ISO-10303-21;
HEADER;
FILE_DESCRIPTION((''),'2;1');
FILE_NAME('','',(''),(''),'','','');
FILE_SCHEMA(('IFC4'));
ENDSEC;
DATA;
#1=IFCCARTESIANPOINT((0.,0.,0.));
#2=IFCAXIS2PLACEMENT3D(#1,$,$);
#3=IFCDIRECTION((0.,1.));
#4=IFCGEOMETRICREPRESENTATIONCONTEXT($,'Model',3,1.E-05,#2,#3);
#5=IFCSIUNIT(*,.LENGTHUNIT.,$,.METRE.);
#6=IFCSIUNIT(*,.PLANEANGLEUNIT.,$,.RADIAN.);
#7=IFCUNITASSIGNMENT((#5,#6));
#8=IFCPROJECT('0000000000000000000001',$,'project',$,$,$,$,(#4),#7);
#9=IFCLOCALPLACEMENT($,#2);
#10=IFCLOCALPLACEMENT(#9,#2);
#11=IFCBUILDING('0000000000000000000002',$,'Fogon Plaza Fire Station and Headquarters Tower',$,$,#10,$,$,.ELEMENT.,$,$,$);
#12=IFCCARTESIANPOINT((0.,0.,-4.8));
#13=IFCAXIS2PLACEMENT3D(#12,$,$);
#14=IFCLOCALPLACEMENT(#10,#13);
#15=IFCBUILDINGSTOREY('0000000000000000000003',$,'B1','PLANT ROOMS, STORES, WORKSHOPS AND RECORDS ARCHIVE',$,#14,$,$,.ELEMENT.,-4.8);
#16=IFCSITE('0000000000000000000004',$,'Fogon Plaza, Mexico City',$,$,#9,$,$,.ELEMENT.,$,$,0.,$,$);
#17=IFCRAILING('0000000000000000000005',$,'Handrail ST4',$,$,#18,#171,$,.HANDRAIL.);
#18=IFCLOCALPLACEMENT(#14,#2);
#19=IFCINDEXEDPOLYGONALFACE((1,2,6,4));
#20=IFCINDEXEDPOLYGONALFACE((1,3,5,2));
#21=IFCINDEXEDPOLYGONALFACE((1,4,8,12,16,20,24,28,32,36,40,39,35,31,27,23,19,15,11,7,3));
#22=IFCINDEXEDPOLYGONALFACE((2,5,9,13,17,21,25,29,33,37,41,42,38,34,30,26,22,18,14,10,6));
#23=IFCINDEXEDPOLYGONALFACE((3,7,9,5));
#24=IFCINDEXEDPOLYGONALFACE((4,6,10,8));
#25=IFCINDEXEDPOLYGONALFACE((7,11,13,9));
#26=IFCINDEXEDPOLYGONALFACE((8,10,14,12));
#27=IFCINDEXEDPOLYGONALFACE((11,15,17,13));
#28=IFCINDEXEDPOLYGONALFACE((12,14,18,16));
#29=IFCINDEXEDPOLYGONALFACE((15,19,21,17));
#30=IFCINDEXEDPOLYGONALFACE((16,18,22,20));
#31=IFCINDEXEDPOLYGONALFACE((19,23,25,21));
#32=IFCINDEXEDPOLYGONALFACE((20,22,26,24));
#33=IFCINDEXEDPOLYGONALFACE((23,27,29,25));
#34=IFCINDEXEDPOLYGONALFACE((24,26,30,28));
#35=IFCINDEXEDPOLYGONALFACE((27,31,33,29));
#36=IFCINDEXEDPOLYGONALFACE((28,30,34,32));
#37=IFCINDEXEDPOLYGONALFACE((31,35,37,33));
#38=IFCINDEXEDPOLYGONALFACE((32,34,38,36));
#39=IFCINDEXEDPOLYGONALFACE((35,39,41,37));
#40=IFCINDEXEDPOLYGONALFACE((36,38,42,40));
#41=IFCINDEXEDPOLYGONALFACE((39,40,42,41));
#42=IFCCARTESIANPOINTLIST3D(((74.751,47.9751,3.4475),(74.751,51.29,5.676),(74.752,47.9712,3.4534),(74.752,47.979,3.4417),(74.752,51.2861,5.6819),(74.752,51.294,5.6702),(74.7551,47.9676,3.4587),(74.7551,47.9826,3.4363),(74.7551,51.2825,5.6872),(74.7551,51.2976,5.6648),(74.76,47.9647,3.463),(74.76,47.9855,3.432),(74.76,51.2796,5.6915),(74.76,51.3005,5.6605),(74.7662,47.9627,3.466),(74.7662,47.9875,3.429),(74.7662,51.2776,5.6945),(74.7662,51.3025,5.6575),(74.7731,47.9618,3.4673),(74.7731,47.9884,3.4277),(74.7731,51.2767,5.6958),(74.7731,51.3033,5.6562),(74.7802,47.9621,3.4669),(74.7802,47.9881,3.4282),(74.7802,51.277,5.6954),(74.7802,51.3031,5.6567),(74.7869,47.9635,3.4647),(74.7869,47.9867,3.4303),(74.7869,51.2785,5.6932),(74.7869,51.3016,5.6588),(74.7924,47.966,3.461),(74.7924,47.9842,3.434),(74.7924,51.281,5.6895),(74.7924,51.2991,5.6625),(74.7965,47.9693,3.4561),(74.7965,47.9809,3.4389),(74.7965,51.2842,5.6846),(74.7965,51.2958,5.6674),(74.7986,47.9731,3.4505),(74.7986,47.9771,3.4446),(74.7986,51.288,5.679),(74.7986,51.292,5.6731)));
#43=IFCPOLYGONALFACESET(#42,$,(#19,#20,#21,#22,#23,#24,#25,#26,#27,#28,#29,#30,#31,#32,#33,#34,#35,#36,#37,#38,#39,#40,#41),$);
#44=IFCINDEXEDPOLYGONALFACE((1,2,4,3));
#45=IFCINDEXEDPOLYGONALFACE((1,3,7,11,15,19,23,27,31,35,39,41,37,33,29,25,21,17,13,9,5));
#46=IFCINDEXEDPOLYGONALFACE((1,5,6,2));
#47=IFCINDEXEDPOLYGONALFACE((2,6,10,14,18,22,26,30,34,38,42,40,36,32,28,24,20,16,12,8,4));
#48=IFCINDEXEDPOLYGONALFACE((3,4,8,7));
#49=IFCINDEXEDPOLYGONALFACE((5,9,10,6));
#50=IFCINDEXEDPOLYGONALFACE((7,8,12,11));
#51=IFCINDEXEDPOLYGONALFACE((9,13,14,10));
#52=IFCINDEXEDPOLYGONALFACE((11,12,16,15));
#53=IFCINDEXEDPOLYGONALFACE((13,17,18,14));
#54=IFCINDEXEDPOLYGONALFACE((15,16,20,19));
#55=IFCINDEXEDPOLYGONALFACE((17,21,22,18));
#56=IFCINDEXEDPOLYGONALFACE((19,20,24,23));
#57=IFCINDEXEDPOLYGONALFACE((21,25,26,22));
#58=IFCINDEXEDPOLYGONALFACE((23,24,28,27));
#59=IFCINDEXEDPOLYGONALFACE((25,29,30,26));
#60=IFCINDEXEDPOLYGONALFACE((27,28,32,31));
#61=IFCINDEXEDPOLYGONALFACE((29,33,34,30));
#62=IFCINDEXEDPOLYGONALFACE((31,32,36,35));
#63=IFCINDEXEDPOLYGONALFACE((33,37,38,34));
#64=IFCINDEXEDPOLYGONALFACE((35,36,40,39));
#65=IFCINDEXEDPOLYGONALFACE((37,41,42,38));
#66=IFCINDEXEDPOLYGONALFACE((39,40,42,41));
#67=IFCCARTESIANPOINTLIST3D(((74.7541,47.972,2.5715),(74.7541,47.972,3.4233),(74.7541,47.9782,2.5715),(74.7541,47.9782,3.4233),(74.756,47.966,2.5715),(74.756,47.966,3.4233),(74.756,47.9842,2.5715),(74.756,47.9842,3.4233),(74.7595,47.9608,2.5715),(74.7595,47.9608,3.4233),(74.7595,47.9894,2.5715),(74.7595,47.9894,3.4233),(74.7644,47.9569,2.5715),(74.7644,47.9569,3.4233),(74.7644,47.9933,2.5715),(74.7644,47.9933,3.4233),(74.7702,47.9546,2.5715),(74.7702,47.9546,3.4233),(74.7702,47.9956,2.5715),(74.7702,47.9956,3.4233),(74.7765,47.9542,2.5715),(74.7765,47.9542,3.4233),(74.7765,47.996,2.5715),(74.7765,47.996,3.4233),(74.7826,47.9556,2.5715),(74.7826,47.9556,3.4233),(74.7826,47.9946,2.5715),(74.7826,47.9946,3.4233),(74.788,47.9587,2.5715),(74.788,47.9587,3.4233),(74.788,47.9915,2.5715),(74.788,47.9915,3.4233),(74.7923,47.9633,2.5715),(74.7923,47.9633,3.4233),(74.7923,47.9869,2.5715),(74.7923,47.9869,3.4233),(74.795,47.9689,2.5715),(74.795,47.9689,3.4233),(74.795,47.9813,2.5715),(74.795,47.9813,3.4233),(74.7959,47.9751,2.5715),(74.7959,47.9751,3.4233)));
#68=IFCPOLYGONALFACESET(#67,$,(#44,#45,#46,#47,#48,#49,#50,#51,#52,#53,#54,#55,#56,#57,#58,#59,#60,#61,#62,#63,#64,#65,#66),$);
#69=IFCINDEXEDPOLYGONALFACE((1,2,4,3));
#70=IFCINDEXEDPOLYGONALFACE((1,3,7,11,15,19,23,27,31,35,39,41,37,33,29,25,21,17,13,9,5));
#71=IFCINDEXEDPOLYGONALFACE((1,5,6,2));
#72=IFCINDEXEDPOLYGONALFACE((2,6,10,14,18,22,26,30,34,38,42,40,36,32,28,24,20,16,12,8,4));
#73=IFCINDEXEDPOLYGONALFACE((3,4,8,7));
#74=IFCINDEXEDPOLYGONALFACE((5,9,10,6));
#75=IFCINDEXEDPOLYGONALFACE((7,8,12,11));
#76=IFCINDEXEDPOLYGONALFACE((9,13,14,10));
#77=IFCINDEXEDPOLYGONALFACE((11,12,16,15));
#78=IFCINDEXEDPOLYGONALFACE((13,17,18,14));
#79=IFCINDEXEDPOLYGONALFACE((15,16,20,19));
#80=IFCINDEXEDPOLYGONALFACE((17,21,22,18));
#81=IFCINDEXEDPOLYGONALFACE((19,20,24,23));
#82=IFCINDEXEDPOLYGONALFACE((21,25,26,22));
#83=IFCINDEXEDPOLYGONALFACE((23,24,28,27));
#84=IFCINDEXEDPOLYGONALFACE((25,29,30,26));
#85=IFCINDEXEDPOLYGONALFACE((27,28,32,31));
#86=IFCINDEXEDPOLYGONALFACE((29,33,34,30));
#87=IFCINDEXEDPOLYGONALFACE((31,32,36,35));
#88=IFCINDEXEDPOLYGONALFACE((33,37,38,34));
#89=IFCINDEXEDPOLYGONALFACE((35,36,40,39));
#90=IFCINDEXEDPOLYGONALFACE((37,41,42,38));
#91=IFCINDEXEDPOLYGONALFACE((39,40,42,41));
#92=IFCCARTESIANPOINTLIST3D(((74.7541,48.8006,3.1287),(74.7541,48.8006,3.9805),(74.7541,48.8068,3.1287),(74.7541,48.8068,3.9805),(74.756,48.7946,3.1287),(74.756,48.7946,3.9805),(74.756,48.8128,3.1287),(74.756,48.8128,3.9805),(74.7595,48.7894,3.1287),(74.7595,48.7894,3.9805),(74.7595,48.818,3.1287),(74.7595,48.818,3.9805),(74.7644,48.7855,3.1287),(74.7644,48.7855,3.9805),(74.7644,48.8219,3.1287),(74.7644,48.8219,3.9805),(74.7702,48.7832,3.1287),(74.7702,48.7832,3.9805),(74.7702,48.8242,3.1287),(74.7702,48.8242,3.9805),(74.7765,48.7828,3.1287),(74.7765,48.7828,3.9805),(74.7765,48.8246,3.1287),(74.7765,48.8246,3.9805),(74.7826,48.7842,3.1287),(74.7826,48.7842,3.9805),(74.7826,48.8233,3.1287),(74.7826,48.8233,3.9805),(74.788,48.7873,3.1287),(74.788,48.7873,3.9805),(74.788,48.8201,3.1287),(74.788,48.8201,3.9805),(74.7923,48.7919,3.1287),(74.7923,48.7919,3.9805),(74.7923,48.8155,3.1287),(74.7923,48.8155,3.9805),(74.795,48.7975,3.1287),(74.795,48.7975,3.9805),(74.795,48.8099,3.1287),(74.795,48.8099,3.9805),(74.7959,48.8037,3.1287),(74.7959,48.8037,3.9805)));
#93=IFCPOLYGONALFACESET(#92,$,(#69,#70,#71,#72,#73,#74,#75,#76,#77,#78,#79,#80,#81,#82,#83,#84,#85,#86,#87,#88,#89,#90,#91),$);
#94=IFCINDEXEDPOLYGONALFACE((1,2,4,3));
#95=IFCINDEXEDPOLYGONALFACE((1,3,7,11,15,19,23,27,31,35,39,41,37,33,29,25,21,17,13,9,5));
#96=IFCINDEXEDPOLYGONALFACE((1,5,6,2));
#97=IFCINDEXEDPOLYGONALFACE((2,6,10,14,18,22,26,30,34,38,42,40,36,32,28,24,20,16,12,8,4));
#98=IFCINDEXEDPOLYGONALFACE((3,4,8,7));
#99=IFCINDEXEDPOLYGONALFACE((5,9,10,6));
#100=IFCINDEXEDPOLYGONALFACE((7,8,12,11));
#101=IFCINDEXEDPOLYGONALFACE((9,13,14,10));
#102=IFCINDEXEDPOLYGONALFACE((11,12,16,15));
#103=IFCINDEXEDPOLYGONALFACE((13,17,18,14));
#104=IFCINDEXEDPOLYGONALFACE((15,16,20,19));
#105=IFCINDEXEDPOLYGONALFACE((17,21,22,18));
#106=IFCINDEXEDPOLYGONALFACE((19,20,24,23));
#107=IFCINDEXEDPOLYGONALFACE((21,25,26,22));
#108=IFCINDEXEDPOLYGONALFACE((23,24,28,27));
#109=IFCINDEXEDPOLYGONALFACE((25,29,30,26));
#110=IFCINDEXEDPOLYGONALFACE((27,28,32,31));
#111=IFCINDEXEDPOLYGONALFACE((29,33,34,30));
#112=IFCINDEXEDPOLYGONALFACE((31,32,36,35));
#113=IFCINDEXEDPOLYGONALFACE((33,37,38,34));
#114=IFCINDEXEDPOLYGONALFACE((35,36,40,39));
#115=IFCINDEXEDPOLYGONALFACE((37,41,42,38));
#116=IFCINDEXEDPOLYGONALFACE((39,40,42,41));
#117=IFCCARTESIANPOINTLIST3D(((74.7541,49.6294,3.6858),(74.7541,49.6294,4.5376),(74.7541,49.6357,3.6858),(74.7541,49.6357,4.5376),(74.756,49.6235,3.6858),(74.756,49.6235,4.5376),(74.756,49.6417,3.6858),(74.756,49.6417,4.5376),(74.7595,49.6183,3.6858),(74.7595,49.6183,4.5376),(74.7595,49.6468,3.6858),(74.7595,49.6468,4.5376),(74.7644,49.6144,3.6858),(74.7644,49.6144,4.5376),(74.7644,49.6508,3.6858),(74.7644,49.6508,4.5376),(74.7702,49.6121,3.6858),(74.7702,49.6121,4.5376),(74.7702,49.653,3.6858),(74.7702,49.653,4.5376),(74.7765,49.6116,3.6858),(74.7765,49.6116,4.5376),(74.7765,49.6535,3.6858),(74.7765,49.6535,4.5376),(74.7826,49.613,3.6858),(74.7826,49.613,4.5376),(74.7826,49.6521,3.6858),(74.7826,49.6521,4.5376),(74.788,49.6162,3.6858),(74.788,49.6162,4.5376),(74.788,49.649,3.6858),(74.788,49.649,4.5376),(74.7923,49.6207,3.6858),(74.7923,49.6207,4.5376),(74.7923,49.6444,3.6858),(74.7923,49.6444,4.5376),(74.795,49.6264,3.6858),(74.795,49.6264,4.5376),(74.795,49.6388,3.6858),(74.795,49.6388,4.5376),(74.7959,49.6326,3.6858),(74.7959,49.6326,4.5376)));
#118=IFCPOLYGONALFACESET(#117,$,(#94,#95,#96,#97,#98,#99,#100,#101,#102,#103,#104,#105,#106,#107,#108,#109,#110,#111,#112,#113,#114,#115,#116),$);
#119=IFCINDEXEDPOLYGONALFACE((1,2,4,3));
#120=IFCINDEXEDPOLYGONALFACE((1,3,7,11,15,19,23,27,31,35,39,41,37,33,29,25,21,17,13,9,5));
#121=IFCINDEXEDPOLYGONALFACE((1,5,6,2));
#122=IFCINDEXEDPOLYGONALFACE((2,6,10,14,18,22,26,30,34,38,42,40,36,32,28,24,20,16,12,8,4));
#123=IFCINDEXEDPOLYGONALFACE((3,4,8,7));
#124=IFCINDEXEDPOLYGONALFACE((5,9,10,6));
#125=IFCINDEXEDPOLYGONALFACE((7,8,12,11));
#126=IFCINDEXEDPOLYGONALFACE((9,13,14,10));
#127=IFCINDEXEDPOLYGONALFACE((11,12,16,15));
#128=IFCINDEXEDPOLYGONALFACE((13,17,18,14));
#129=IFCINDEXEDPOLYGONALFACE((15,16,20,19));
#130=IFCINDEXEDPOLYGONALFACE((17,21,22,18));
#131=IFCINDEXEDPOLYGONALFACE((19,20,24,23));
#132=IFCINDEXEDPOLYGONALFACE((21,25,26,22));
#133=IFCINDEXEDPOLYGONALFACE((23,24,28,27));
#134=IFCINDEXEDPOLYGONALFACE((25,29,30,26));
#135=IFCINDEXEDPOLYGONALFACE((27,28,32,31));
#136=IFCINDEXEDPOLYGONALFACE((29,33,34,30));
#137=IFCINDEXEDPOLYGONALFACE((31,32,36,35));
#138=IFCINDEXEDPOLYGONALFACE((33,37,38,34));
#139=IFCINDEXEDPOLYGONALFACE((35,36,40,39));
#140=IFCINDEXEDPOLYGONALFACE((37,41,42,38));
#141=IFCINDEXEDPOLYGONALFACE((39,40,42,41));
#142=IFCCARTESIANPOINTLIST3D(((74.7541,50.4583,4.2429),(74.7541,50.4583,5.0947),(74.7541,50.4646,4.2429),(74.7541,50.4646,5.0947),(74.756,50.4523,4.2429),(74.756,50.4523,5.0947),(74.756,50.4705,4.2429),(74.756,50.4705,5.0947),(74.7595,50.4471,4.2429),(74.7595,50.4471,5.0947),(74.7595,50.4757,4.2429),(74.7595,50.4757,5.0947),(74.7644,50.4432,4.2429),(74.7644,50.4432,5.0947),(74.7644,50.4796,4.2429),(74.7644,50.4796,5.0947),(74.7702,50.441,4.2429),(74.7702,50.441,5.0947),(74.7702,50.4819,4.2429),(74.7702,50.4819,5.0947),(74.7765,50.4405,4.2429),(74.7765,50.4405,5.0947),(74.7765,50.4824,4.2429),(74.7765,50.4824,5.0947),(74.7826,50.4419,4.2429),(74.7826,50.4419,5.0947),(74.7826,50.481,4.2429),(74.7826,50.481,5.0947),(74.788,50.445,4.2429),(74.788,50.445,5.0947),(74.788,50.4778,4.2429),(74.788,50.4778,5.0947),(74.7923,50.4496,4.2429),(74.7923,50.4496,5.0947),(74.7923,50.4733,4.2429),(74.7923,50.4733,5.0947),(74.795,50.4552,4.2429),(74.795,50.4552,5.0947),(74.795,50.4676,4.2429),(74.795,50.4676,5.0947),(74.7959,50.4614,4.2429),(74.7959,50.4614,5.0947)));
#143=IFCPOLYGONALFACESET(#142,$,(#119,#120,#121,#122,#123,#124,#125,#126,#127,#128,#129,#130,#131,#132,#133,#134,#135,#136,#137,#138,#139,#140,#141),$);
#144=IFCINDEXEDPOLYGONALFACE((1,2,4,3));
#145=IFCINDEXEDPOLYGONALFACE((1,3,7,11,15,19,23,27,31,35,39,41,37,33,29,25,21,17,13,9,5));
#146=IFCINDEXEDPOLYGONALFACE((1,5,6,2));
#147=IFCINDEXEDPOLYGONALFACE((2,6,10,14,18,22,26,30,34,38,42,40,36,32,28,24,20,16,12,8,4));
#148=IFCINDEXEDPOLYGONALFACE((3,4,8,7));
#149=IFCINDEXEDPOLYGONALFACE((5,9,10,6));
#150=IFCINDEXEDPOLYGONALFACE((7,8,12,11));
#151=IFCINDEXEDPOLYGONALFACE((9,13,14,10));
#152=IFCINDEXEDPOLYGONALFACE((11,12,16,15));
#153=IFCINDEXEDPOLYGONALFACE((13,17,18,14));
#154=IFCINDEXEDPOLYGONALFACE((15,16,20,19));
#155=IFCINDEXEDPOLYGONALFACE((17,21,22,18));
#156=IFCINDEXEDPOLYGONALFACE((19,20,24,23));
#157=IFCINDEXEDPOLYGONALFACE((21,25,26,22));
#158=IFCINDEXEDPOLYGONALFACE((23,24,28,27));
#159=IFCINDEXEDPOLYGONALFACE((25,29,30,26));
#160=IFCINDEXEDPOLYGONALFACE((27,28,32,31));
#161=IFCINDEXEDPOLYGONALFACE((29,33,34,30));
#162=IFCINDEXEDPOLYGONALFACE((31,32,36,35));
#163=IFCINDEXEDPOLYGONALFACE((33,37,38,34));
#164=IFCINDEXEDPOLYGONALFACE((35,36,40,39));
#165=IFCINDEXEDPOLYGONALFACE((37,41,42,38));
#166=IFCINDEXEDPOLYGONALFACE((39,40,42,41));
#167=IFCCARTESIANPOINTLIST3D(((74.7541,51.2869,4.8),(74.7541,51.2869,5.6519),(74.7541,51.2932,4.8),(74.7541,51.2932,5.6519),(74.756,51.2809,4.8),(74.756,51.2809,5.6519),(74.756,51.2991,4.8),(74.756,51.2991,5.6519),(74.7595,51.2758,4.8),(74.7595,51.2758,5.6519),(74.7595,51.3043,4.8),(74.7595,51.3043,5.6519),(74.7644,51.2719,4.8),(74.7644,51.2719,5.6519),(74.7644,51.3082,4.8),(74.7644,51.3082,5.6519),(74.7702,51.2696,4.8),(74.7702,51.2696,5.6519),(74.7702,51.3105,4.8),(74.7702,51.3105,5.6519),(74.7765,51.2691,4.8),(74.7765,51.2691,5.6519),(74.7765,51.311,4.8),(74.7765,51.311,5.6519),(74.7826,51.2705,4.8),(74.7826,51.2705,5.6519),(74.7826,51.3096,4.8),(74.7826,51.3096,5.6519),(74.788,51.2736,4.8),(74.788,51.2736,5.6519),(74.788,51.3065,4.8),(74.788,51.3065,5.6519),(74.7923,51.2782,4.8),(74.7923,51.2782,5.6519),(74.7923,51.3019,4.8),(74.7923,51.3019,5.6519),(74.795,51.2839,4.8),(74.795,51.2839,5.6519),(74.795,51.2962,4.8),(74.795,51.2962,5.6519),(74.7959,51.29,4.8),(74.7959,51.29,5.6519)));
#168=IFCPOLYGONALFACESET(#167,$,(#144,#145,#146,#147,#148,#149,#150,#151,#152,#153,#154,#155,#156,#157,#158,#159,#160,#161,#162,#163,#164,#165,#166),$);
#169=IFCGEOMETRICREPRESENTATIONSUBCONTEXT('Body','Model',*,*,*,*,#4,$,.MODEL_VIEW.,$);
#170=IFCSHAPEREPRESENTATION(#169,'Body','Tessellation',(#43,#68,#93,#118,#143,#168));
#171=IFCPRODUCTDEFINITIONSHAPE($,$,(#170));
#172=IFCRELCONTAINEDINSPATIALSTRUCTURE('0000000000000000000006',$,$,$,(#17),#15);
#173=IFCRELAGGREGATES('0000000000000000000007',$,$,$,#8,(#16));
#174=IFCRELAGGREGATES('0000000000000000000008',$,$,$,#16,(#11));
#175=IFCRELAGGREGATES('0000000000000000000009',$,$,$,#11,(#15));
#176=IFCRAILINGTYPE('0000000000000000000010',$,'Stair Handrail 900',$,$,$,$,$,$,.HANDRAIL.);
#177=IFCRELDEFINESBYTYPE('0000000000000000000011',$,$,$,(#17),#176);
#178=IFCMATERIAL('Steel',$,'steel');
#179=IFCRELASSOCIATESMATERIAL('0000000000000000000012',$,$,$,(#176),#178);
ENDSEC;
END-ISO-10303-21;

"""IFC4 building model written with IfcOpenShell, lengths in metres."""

from ifc_helpers import new_model, si_unit, direction, frame, origin, origin_2d, place, context, subcontext, project, spatial, circle, extrude, material, type_object, element, save


model = new_model("IFC4")

# Units and contexts
model_context = context("Model", 3, precision=1e-05, world=origin(), true_north=direction((0.0, 1.0)))
body_context = subcontext(model_context, "Body", "Model", "MODEL_VIEW")
ifc_project = project(units=[si_unit("LENGTHUNIT", "METRE"), si_unit("PLANEANGLEUNIT", "RADIAN")], contexts=[model_context])

# Site, building, storey
site_placement = place(None, origin())
site = spatial("IfcSite", under=ifc_project, at=site_placement, Name="Fogon Plaza, Mexico City", CompositionType="ELEMENT", RefElevation=0.0)
building_placement = place(site_placement, origin())
building = spatial("IfcBuilding", under=site, at=building_placement, Name="Fogon Plaza Fire Station and Headquarters Tower", CompositionType="ELEMENT")
storey_placement = place(building_placement, frame((0.0, 0.0, -4.8)))
storey = spatial("IfcBuildingStorey", under=building, at=storey_placement, Name="B1", Description="PLANT ROOMS, STORES, WORKSHOPS AND RECORDS ARCHIVE", CompositionType="ELEMENT", Elevation=-4.8)

# Railing
ifc_material_1 = material(Name="Steel", Category="steel")
railing_type = type_object("IfcRailingType", Name="Stair Handrail 900", PredefinedType="HANDRAIL", material=ifc_material_1)
for number, where, name in (
    (1, (74.7749, 47.9751, 2.5715), "Handrail ST4"),
):
    element("IfcRailing", number, at=place(storey_placement, frame(where)), inside=storey, type_object=railing_type, Name=name, PredefinedType="HANDRAIL", context=body_context, shape_type="SweptSolid", body=[
        extrude(circle(Radius=0.0239, at=origin_2d()), frame((0.0, 0.0, 0.876), z_axis=(0.0, 0.8299, 0.557912), x_axis=(-1.0, 0.0, 0.0)), (0.0, 0.0, 1.0), 3.9944),
        extrude(circle(Radius=0.021, at=origin_2d()), origin(), (0.0, 0.0, 1.0), 0.8518),
        extrude(circle(Radius=0.021, at=origin_2d()), frame((0.0, 0.8286, 0.5571)), (0.0, 0.0, 1.0), 0.8518),
        extrude(circle(Radius=0.021, at=origin_2d()), frame((0.0, 1.6575, 1.1143)), (0.0, 0.0, 1.0), 0.8518),
        extrude(circle(Radius=0.021, at=origin_2d()), frame((0.0, 2.4863, 1.6714)), (0.0, 0.0, 1.0), 0.8518),
        extrude(circle(Radius=0.021, at=origin_2d()), frame((0.0, 3.3149, 2.2285)), (0.0, 0.0, 1.0), 0.8518),
    ])

save(model, "model.ifc")
